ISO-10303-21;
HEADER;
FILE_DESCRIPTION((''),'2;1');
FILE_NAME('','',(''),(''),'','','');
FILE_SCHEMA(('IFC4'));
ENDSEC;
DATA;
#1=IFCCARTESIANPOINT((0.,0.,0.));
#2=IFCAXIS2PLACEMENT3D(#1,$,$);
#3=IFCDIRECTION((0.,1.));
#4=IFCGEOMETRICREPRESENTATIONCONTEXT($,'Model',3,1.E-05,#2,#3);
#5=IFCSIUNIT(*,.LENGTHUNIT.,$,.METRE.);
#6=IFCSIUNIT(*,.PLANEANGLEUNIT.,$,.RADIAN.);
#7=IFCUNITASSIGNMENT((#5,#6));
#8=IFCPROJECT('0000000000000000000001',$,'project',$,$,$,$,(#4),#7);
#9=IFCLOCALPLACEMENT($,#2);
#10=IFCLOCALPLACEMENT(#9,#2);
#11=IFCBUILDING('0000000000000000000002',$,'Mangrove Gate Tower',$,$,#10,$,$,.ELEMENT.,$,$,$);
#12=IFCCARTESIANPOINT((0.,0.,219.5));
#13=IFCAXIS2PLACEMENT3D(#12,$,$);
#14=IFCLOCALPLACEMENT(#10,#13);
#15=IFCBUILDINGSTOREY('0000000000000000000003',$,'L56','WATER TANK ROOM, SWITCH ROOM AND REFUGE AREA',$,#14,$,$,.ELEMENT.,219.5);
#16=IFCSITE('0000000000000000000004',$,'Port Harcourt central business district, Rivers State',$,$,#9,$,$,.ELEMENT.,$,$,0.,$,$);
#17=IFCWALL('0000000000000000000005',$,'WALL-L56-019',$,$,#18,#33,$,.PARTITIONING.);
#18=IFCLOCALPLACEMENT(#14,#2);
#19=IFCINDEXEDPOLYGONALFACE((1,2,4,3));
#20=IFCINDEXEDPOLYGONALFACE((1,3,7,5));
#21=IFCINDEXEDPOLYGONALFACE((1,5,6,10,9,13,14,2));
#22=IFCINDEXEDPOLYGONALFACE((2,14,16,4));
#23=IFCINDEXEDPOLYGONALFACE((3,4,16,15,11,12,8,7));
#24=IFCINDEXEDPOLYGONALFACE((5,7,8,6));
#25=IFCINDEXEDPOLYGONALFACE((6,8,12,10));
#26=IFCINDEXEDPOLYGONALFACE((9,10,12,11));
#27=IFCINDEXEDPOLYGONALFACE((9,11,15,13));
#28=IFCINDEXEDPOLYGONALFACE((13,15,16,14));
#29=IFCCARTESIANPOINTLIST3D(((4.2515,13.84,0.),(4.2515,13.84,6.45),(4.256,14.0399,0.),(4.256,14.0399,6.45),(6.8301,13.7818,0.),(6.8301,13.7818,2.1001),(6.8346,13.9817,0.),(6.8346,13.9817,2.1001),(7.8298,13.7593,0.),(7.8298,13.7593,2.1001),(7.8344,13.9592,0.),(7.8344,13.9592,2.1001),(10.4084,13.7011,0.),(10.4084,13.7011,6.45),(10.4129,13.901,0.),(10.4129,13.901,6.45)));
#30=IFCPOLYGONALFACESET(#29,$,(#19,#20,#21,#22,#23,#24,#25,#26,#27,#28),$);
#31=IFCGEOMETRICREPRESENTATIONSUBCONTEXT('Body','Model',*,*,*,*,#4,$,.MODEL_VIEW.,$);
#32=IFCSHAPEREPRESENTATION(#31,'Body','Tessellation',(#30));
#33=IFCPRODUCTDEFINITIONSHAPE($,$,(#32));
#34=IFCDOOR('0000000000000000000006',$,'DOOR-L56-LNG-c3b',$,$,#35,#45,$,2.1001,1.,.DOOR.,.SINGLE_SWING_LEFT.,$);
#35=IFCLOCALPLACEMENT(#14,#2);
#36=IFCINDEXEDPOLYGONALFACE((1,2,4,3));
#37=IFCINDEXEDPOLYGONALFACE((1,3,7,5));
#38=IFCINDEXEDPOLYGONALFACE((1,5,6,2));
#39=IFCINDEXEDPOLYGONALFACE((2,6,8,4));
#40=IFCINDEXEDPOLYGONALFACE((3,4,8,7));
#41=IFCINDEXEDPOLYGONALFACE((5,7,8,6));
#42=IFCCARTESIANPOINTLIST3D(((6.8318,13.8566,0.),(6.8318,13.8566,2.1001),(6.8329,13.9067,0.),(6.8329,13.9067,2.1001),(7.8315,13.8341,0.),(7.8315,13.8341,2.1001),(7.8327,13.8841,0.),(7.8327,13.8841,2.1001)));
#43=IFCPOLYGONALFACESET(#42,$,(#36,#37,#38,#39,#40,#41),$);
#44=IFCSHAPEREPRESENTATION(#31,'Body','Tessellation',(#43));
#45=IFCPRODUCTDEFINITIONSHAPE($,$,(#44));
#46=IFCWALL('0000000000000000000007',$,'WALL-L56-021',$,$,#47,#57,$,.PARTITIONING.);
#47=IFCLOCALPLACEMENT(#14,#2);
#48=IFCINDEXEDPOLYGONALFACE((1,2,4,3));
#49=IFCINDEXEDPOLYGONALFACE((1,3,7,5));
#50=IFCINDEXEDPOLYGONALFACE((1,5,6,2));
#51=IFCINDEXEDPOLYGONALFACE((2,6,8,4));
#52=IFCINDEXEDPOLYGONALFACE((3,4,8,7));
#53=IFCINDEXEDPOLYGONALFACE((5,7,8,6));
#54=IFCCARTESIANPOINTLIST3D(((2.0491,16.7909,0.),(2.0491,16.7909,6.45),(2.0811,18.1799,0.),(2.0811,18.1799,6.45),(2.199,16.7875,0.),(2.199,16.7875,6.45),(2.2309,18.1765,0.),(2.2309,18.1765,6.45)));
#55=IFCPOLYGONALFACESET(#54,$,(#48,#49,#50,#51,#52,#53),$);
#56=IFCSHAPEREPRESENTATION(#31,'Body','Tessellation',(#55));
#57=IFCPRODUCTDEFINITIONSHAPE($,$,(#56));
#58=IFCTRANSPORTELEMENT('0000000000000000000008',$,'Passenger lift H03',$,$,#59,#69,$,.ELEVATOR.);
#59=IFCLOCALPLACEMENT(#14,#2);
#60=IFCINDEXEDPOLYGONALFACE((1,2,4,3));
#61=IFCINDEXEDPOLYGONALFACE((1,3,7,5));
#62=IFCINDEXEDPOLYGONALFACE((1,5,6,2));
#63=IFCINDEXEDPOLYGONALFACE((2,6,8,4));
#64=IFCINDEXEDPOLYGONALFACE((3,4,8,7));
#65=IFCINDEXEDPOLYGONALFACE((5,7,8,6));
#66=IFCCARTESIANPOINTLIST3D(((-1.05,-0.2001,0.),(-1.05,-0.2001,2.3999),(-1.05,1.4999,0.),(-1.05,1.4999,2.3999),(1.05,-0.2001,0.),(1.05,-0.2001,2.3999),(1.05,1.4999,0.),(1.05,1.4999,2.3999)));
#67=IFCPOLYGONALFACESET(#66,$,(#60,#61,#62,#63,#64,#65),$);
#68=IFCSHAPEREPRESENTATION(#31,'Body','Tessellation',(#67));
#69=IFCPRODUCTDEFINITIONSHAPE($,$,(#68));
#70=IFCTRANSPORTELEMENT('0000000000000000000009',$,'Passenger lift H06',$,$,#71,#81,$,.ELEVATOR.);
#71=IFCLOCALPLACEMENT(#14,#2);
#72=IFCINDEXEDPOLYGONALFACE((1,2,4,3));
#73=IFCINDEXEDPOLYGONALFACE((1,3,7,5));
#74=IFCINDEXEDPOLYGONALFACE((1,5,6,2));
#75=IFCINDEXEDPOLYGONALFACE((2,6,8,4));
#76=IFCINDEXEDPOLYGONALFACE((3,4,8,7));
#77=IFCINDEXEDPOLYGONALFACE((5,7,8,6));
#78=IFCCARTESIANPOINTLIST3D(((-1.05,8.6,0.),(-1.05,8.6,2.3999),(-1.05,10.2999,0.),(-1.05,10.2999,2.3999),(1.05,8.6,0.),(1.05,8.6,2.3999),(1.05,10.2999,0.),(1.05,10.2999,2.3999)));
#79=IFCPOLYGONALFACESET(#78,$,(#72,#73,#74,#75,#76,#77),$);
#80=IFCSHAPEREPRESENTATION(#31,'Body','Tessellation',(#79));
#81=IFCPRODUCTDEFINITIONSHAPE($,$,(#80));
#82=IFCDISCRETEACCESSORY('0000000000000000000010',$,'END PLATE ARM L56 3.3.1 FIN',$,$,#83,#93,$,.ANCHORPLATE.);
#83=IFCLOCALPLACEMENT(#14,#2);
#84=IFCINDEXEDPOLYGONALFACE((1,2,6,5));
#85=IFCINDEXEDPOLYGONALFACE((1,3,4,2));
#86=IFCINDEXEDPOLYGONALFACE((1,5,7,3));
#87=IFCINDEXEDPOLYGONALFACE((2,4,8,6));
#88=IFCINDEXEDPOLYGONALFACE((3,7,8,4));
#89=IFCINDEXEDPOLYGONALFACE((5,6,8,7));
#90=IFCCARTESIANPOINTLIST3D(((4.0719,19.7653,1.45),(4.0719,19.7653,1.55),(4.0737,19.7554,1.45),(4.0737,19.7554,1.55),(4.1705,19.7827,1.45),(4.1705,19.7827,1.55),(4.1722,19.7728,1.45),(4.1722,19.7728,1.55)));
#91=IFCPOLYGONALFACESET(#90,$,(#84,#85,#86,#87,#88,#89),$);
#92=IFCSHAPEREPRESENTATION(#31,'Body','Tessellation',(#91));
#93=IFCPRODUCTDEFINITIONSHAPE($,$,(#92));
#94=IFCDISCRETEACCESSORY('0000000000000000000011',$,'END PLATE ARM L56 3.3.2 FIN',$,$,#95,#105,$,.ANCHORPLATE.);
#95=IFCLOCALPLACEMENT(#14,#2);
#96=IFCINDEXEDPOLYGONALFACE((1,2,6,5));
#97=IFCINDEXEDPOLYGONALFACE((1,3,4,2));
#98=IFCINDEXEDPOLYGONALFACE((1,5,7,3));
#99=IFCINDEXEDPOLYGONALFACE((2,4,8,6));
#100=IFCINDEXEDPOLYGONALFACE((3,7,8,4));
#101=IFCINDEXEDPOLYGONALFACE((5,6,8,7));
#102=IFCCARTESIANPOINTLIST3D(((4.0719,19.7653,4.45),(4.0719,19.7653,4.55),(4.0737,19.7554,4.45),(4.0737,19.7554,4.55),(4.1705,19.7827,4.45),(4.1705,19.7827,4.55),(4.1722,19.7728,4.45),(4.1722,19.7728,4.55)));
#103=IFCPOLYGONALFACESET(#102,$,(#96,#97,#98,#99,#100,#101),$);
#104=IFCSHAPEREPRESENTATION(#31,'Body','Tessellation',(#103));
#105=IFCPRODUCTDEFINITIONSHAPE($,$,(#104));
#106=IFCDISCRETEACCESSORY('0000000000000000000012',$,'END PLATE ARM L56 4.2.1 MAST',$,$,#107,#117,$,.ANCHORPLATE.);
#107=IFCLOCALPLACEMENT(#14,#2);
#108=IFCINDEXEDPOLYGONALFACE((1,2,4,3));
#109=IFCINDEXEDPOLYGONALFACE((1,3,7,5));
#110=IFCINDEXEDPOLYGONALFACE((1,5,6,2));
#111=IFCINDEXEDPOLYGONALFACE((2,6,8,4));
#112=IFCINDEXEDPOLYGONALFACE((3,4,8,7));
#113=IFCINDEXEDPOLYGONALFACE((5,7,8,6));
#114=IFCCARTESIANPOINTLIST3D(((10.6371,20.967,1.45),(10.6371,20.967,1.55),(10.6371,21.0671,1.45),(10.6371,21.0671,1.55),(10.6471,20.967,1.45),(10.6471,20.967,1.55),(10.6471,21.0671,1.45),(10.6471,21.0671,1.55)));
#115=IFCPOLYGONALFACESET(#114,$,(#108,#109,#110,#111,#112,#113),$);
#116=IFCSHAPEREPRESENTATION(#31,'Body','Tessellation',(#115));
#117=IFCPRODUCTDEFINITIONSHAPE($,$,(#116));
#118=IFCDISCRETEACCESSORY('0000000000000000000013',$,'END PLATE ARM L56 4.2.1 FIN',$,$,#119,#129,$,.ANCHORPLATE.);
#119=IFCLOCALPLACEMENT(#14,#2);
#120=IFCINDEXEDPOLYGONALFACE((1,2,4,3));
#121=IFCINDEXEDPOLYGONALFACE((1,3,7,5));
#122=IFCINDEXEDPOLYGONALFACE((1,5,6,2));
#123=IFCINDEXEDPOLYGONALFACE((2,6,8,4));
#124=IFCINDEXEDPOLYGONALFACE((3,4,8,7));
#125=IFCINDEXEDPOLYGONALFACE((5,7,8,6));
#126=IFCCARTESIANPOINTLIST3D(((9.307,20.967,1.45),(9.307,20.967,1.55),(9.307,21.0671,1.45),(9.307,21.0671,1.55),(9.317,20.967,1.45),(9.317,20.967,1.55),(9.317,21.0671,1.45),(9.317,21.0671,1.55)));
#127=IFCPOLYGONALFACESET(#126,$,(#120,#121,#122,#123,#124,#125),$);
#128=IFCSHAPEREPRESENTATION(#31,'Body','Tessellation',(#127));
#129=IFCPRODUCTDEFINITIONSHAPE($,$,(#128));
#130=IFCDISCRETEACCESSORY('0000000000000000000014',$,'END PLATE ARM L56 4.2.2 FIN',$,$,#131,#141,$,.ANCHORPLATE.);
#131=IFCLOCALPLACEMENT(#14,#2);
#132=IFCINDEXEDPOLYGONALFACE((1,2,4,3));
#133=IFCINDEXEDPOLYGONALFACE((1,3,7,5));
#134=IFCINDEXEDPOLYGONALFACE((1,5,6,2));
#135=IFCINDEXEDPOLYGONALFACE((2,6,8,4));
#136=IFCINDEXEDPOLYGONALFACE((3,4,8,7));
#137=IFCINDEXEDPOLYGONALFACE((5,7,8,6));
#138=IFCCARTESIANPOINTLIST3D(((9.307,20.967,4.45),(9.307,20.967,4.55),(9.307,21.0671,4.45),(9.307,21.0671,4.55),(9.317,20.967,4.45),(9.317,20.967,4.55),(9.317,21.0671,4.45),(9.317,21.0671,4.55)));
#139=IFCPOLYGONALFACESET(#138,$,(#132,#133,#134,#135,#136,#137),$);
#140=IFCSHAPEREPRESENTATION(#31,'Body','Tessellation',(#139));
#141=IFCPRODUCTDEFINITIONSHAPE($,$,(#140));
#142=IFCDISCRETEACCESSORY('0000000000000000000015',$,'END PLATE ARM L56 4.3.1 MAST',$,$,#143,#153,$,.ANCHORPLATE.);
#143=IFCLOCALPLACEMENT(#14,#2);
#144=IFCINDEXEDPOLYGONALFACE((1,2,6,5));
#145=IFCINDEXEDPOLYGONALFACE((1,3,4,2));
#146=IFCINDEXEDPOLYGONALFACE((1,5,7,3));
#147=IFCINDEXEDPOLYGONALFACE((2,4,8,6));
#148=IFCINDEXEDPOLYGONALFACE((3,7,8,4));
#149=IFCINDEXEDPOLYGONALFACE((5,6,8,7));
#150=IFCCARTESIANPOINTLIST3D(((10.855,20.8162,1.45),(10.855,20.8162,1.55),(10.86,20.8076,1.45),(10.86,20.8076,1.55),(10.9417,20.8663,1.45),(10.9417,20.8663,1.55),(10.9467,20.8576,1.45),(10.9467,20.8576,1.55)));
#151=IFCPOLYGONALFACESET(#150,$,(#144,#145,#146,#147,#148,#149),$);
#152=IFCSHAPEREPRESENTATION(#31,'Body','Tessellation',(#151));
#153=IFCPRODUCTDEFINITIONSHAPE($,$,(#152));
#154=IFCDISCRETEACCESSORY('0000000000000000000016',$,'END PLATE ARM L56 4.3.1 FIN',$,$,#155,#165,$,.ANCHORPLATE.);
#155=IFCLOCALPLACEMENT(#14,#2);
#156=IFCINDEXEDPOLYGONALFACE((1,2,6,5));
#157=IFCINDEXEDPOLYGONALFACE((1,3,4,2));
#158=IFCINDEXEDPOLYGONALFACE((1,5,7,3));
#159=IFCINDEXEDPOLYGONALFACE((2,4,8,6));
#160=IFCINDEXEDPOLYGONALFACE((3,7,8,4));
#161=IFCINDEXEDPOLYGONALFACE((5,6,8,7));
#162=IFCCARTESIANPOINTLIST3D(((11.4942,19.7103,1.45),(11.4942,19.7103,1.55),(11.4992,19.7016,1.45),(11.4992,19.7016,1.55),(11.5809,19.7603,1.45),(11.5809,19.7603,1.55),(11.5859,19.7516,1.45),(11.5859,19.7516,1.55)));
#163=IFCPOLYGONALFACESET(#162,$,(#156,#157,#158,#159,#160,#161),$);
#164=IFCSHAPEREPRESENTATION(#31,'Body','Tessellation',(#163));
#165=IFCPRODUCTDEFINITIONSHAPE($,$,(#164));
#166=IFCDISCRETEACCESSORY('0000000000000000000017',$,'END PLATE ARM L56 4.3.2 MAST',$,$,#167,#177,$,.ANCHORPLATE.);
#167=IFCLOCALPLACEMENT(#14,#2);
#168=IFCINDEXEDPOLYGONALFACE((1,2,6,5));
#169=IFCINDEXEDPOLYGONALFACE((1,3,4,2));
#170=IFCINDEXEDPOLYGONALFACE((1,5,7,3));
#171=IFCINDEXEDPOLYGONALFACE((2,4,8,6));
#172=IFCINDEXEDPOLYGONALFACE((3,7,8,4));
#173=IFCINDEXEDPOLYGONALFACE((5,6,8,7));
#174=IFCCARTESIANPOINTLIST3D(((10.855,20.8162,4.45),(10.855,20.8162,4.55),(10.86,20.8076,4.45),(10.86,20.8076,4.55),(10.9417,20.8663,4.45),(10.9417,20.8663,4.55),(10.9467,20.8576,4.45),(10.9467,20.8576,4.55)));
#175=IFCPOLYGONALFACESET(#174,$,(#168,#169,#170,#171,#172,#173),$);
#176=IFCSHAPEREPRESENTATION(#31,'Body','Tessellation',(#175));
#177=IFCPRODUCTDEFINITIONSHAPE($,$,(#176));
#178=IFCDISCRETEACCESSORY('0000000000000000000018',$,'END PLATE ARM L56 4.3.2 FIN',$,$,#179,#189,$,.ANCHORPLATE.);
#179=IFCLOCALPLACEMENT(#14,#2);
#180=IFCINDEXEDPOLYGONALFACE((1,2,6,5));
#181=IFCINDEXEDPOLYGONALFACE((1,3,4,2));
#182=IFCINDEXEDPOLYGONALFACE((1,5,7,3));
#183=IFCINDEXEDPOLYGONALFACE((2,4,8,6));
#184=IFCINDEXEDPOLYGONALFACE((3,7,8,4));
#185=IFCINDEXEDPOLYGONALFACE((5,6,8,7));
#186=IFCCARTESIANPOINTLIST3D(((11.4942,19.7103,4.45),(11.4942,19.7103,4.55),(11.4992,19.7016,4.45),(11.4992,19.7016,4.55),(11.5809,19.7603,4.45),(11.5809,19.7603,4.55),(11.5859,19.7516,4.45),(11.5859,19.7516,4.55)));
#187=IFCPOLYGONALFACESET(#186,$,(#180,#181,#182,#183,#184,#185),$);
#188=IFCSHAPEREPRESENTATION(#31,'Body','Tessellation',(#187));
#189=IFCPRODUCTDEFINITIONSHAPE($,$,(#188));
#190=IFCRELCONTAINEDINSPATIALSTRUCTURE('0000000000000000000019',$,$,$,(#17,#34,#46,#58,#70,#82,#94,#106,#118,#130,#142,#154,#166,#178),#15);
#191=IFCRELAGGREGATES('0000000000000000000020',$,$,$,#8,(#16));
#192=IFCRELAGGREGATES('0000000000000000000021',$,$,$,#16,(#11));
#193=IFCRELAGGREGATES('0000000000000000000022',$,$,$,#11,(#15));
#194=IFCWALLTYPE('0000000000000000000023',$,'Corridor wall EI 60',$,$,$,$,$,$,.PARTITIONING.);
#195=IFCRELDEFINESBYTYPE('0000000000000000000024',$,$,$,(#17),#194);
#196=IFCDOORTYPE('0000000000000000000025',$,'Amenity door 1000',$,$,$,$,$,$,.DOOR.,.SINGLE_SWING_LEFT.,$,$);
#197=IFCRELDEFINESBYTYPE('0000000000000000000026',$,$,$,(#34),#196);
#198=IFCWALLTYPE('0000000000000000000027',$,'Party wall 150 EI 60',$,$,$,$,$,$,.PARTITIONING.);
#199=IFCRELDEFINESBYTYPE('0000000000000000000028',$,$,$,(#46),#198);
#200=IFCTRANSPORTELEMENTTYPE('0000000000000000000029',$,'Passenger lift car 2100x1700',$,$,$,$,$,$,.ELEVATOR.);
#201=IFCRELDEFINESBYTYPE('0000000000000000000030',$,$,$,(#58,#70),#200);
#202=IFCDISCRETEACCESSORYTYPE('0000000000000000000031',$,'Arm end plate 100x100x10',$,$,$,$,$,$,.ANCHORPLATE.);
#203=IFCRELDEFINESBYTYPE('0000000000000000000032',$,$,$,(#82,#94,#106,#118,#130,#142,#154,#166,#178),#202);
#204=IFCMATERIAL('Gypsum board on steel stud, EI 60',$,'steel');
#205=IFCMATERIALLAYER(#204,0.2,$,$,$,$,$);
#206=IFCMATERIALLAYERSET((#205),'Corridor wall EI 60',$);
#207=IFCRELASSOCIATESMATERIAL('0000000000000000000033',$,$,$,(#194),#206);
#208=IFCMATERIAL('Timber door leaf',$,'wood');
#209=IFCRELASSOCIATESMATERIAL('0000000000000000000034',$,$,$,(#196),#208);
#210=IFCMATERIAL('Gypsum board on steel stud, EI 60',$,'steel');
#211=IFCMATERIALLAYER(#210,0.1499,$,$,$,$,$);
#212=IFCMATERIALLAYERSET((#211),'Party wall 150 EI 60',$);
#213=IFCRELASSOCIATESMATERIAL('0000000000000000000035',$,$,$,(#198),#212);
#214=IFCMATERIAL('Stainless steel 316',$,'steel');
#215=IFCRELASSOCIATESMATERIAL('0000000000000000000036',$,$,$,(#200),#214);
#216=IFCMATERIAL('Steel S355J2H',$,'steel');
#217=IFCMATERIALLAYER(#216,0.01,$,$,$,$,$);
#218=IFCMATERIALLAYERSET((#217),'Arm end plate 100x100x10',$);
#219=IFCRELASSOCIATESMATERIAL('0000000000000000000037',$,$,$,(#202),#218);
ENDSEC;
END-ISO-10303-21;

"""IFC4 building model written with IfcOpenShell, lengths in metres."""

from ifc_helpers import new_model, si_unit, direction, frame, frame_2d, origin, origin_2d, place, context, subcontext, project, spatial, rectangle, extrude, material, layer, layer_set, type_object, element, fill, save


model = new_model("IFC4")

# Units and contexts
model_context = context("Model", 3, precision=1e-05, world=origin(), true_north=direction((0.0, 1.0)))
body_context = subcontext(model_context, "Body", "Model", "MODEL_VIEW")
ifc_project = project(units=[si_unit("LENGTHUNIT", "METRE"), si_unit("PLANEANGLEUNIT", "RADIAN")], contexts=[model_context])

# Site, building, storey
site_placement = place(None, origin())
site = spatial("IfcSite", under=ifc_project, at=site_placement, Name="Port Harcourt central business district, Rivers State", CompositionType="ELEMENT", RefElevation=0.0)
building_placement = place(site_placement, origin())
building = spatial("IfcBuilding", under=site, at=building_placement, Name="Mangrove Gate Tower", CompositionType="ELEMENT")
storey_placement = place(building_placement, frame((0.0, 0.0, 219.5)))
storey = spatial("IfcBuildingStorey", under=building, at=storey_placement, Name="L56", Description="WATER TANK ROOM, SWITCH ROOM AND REFUGE AREA", CompositionType="ELEMENT", Elevation=219.5)

# Wall, opening, door
ifc_material_1 = material(Name="Gypsum board on steel stud, EI 60", Category="steel")
ifc_layer_1 = layer(ifc_material_1, 0.2)
ifc_layer_set_1 = layer_set([ifc_layer_1], Name="Corridor wall EI 60")
wall_type_1 = type_object("IfcWallType", Name="Corridor wall EI 60", PredefinedType="PARTITIONING", material=ifc_layer_set_1)
wall_1_placement = place(storey_placement, frame((4.2539, 13.9399, 0.0), z_axis=(0.0, 0.0, 1.0), x_axis=(0.999746, -0.022557, 0.0)))
wall_1 = element("IfcWall", 1, at=wall_1_placement, inside=storey, type_object=wall_type_1, Name="WALL-L56-019", PredefinedType="PARTITIONING", context=body_context, shape_type="SweptSolid", body=[
    extrude(rectangle(XDim=6.1584, YDim=0.2, at=frame_2d((3.0791, 0.0))), origin(), (0.0, 0.0, 1.0), 6.45),
])
opening_placement = place(wall_1_placement, frame((2.5791, 0.0, 0.0)))
opening = element("IfcOpeningElement", 2, at=opening_placement, cuts=wall_1, PredefinedType="OPENING", context=body_context, shape_type="SweptSolid", body=[
    extrude(rectangle(XDim=1.0, YDim=2.1001, at=frame_2d((0.5, 1.05))), frame((0.0, 0.1099, 0.0), z_axis=(0.0, -1.0, 0.0), x_axis=(1.0, 0.0, 0.0)), (0.0, 0.0, 1.0), 0.22),
])
ifc_material_2 = material(Name="Timber door leaf", Category="wood")
door_type = type_object("IfcDoorType", Name="Amenity door 1000", OperationType="SINGLE_SWING_LEFT", PredefinedType="DOOR", material=ifc_material_2)
door_placement = place(opening_placement, origin())
door = element("IfcDoor", 3, at=door_placement, inside=storey, type_object=door_type, Name="DOOR-L56-LNG-c3b", OperationType="SINGLE_SWING_LEFT", OverallHeight=2.1001, OverallWidth=1.0, PredefinedType="DOOR", context=body_context, shape_type="SweptSolid", body=[
    extrude(rectangle(XDim=1.0, YDim=2.1001, at=frame_2d((0.5, 1.05))), frame((0.0, 0.0249, 0.0), z_axis=(0.0, -1.0, 0.0), x_axis=(1.0, 0.0, 0.0)), (0.0, 0.0, 1.0), 0.05),
])
fill(opening, door)

# Wall
ifc_material_3 = material(Name="Gypsum board on steel stud, EI 60", Category="steel")
ifc_layer_2 = layer(ifc_material_3, 0.1499)
ifc_layer_set_2 = layer_set([ifc_layer_2], Name="Party wall 150 EI 60")
wall_type_2 = type_object("IfcWallType", Name="Party wall 150 EI 60", PredefinedType="PARTITIONING", material=ifc_layer_set_2)
wall_2_placement = place(storey_placement, frame((2.124, 16.7891, 0.0), z_axis=(0.0, 0.0, 1.0), x_axis=(0.023021, 0.999735, 0.0)))
element("IfcWall", 4, at=wall_2_placement, inside=storey, type_object=wall_type_2, Name="WALL-L56-021", PredefinedType="PARTITIONING", context=body_context, shape_type="SweptSolid", body=[
    extrude(rectangle(XDim=1.3894, YDim=0.1499, at=frame_2d((0.6948, 0.0))), origin(), (0.0, 0.0, 1.0), 6.45),
])

# Transport elements
ifc_material_4 = material(Name="Stainless steel 316", Category="steel")
transport_element_type = type_object("IfcTransportElementType", Name="Passenger lift car 2100x1700", PredefinedType="ELEVATOR", material=ifc_material_4)
for number, where, z_axis, x_axis, name in (
    (5, (0.0, 0.6499, 0.0), (0.0, 0.0, 1.0), (1.0, 0.0, 0.0), "Passenger lift H03"),
    (6, (0.0, 9.45, 0.0), (0.0, 0.0, 1.0), (1.0, 0.0, 0.0), "Passenger lift H06"),
):
    element("IfcTransportElement", number, at=place(storey_placement, frame(where, z_axis=z_axis, x_axis=x_axis)), inside=storey, type_object=transport_element_type, Name=name, PredefinedType="ELEVATOR", context=body_context, shape_type="SweptSolid", body=[
        extrude(rectangle(XDim=2.1001, YDim=1.7, at=origin_2d()), origin(), (0.0, 0.0, 1.0), 2.3999),
    ])

# Discrete accessories
ifc_material_5 = material(Name="Steel S355J2H", Category="steel")
ifc_layer_3 = layer(ifc_material_5, 0.01)
ifc_layer_set_3 = layer_set([ifc_layer_3], Name="Arm end plate 100x100x10")
discrete_accessory_type = type_object("IfcDiscreteAccessoryType", Name="Arm end plate 100x100x10", PredefinedType="ANCHORPLATE", material=ifc_layer_set_3)
for number, where, z_axis, x_axis, name in (
    (7, (4.1221, 19.769, 1.45), (0.0, 0.0, 1.0), (0.173648, -0.984808, 0.0), "END PLATE ARM L56 3.3.1 FIN"),
    (8, (4.1221, 19.769, 4.45), (0.0, 0.0, 1.0), (0.173648, -0.984808, 0.0), "END PLATE ARM L56 3.3.2 FIN"),
    (9, (10.6421, 21.0171, 1.45), (0.0, 0.0, 1.0), (-1.0, 0.0, 0.0), "END PLATE ARM L56 4.2.1 MAST"),
    (10, (9.312, 21.0171, 1.45), (0.0, 0.0, 1.0), (-1.0, 0.0, 0.0), "END PLATE ARM L56 4.2.1 FIN"),
    (11, (9.312, 21.0171, 4.45), (0.0, 0.0, 1.0), (-1.0, 0.0, 0.0), "END PLATE ARM L56 4.2.2 FIN"),
    (12, (10.9009, 20.8369, 1.45), (0.0, 0.0, 1.0), (0.5, -0.866025, 0.0), "END PLATE ARM L56 4.3.1 MAST"),
    (13, (11.54, 19.731, 1.45), (0.0, 0.0, 1.0), (0.5, -0.866025, 0.0), "END PLATE ARM L56 4.3.1 FIN"),
    (14, (10.9009, 20.8369, 4.45), (0.0, 0.0, 1.0), (0.5, -0.866025, 0.0), "END PLATE ARM L56 4.3.2 MAST"),
    (15, (11.54, 19.731, 4.45), (0.0, 0.0, 1.0), (0.5, -0.866025, 0.0), "END PLATE ARM L56 4.3.2 FIN"),
):
    element("IfcDiscreteAccessory", number, at=place(storey_placement, frame(where, z_axis=z_axis, x_axis=x_axis)), inside=storey, type_object=discrete_accessory_type, Name=name, PredefinedType="ANCHORPLATE", context=body_context, shape_type="SweptSolid", body=[
        extrude(rectangle(XDim=0.01, YDim=0.1001, at=origin_2d()), origin(), (0.0, 0.0, 1.0), 0.1001),
    ])

save(model, "model.ifc")
